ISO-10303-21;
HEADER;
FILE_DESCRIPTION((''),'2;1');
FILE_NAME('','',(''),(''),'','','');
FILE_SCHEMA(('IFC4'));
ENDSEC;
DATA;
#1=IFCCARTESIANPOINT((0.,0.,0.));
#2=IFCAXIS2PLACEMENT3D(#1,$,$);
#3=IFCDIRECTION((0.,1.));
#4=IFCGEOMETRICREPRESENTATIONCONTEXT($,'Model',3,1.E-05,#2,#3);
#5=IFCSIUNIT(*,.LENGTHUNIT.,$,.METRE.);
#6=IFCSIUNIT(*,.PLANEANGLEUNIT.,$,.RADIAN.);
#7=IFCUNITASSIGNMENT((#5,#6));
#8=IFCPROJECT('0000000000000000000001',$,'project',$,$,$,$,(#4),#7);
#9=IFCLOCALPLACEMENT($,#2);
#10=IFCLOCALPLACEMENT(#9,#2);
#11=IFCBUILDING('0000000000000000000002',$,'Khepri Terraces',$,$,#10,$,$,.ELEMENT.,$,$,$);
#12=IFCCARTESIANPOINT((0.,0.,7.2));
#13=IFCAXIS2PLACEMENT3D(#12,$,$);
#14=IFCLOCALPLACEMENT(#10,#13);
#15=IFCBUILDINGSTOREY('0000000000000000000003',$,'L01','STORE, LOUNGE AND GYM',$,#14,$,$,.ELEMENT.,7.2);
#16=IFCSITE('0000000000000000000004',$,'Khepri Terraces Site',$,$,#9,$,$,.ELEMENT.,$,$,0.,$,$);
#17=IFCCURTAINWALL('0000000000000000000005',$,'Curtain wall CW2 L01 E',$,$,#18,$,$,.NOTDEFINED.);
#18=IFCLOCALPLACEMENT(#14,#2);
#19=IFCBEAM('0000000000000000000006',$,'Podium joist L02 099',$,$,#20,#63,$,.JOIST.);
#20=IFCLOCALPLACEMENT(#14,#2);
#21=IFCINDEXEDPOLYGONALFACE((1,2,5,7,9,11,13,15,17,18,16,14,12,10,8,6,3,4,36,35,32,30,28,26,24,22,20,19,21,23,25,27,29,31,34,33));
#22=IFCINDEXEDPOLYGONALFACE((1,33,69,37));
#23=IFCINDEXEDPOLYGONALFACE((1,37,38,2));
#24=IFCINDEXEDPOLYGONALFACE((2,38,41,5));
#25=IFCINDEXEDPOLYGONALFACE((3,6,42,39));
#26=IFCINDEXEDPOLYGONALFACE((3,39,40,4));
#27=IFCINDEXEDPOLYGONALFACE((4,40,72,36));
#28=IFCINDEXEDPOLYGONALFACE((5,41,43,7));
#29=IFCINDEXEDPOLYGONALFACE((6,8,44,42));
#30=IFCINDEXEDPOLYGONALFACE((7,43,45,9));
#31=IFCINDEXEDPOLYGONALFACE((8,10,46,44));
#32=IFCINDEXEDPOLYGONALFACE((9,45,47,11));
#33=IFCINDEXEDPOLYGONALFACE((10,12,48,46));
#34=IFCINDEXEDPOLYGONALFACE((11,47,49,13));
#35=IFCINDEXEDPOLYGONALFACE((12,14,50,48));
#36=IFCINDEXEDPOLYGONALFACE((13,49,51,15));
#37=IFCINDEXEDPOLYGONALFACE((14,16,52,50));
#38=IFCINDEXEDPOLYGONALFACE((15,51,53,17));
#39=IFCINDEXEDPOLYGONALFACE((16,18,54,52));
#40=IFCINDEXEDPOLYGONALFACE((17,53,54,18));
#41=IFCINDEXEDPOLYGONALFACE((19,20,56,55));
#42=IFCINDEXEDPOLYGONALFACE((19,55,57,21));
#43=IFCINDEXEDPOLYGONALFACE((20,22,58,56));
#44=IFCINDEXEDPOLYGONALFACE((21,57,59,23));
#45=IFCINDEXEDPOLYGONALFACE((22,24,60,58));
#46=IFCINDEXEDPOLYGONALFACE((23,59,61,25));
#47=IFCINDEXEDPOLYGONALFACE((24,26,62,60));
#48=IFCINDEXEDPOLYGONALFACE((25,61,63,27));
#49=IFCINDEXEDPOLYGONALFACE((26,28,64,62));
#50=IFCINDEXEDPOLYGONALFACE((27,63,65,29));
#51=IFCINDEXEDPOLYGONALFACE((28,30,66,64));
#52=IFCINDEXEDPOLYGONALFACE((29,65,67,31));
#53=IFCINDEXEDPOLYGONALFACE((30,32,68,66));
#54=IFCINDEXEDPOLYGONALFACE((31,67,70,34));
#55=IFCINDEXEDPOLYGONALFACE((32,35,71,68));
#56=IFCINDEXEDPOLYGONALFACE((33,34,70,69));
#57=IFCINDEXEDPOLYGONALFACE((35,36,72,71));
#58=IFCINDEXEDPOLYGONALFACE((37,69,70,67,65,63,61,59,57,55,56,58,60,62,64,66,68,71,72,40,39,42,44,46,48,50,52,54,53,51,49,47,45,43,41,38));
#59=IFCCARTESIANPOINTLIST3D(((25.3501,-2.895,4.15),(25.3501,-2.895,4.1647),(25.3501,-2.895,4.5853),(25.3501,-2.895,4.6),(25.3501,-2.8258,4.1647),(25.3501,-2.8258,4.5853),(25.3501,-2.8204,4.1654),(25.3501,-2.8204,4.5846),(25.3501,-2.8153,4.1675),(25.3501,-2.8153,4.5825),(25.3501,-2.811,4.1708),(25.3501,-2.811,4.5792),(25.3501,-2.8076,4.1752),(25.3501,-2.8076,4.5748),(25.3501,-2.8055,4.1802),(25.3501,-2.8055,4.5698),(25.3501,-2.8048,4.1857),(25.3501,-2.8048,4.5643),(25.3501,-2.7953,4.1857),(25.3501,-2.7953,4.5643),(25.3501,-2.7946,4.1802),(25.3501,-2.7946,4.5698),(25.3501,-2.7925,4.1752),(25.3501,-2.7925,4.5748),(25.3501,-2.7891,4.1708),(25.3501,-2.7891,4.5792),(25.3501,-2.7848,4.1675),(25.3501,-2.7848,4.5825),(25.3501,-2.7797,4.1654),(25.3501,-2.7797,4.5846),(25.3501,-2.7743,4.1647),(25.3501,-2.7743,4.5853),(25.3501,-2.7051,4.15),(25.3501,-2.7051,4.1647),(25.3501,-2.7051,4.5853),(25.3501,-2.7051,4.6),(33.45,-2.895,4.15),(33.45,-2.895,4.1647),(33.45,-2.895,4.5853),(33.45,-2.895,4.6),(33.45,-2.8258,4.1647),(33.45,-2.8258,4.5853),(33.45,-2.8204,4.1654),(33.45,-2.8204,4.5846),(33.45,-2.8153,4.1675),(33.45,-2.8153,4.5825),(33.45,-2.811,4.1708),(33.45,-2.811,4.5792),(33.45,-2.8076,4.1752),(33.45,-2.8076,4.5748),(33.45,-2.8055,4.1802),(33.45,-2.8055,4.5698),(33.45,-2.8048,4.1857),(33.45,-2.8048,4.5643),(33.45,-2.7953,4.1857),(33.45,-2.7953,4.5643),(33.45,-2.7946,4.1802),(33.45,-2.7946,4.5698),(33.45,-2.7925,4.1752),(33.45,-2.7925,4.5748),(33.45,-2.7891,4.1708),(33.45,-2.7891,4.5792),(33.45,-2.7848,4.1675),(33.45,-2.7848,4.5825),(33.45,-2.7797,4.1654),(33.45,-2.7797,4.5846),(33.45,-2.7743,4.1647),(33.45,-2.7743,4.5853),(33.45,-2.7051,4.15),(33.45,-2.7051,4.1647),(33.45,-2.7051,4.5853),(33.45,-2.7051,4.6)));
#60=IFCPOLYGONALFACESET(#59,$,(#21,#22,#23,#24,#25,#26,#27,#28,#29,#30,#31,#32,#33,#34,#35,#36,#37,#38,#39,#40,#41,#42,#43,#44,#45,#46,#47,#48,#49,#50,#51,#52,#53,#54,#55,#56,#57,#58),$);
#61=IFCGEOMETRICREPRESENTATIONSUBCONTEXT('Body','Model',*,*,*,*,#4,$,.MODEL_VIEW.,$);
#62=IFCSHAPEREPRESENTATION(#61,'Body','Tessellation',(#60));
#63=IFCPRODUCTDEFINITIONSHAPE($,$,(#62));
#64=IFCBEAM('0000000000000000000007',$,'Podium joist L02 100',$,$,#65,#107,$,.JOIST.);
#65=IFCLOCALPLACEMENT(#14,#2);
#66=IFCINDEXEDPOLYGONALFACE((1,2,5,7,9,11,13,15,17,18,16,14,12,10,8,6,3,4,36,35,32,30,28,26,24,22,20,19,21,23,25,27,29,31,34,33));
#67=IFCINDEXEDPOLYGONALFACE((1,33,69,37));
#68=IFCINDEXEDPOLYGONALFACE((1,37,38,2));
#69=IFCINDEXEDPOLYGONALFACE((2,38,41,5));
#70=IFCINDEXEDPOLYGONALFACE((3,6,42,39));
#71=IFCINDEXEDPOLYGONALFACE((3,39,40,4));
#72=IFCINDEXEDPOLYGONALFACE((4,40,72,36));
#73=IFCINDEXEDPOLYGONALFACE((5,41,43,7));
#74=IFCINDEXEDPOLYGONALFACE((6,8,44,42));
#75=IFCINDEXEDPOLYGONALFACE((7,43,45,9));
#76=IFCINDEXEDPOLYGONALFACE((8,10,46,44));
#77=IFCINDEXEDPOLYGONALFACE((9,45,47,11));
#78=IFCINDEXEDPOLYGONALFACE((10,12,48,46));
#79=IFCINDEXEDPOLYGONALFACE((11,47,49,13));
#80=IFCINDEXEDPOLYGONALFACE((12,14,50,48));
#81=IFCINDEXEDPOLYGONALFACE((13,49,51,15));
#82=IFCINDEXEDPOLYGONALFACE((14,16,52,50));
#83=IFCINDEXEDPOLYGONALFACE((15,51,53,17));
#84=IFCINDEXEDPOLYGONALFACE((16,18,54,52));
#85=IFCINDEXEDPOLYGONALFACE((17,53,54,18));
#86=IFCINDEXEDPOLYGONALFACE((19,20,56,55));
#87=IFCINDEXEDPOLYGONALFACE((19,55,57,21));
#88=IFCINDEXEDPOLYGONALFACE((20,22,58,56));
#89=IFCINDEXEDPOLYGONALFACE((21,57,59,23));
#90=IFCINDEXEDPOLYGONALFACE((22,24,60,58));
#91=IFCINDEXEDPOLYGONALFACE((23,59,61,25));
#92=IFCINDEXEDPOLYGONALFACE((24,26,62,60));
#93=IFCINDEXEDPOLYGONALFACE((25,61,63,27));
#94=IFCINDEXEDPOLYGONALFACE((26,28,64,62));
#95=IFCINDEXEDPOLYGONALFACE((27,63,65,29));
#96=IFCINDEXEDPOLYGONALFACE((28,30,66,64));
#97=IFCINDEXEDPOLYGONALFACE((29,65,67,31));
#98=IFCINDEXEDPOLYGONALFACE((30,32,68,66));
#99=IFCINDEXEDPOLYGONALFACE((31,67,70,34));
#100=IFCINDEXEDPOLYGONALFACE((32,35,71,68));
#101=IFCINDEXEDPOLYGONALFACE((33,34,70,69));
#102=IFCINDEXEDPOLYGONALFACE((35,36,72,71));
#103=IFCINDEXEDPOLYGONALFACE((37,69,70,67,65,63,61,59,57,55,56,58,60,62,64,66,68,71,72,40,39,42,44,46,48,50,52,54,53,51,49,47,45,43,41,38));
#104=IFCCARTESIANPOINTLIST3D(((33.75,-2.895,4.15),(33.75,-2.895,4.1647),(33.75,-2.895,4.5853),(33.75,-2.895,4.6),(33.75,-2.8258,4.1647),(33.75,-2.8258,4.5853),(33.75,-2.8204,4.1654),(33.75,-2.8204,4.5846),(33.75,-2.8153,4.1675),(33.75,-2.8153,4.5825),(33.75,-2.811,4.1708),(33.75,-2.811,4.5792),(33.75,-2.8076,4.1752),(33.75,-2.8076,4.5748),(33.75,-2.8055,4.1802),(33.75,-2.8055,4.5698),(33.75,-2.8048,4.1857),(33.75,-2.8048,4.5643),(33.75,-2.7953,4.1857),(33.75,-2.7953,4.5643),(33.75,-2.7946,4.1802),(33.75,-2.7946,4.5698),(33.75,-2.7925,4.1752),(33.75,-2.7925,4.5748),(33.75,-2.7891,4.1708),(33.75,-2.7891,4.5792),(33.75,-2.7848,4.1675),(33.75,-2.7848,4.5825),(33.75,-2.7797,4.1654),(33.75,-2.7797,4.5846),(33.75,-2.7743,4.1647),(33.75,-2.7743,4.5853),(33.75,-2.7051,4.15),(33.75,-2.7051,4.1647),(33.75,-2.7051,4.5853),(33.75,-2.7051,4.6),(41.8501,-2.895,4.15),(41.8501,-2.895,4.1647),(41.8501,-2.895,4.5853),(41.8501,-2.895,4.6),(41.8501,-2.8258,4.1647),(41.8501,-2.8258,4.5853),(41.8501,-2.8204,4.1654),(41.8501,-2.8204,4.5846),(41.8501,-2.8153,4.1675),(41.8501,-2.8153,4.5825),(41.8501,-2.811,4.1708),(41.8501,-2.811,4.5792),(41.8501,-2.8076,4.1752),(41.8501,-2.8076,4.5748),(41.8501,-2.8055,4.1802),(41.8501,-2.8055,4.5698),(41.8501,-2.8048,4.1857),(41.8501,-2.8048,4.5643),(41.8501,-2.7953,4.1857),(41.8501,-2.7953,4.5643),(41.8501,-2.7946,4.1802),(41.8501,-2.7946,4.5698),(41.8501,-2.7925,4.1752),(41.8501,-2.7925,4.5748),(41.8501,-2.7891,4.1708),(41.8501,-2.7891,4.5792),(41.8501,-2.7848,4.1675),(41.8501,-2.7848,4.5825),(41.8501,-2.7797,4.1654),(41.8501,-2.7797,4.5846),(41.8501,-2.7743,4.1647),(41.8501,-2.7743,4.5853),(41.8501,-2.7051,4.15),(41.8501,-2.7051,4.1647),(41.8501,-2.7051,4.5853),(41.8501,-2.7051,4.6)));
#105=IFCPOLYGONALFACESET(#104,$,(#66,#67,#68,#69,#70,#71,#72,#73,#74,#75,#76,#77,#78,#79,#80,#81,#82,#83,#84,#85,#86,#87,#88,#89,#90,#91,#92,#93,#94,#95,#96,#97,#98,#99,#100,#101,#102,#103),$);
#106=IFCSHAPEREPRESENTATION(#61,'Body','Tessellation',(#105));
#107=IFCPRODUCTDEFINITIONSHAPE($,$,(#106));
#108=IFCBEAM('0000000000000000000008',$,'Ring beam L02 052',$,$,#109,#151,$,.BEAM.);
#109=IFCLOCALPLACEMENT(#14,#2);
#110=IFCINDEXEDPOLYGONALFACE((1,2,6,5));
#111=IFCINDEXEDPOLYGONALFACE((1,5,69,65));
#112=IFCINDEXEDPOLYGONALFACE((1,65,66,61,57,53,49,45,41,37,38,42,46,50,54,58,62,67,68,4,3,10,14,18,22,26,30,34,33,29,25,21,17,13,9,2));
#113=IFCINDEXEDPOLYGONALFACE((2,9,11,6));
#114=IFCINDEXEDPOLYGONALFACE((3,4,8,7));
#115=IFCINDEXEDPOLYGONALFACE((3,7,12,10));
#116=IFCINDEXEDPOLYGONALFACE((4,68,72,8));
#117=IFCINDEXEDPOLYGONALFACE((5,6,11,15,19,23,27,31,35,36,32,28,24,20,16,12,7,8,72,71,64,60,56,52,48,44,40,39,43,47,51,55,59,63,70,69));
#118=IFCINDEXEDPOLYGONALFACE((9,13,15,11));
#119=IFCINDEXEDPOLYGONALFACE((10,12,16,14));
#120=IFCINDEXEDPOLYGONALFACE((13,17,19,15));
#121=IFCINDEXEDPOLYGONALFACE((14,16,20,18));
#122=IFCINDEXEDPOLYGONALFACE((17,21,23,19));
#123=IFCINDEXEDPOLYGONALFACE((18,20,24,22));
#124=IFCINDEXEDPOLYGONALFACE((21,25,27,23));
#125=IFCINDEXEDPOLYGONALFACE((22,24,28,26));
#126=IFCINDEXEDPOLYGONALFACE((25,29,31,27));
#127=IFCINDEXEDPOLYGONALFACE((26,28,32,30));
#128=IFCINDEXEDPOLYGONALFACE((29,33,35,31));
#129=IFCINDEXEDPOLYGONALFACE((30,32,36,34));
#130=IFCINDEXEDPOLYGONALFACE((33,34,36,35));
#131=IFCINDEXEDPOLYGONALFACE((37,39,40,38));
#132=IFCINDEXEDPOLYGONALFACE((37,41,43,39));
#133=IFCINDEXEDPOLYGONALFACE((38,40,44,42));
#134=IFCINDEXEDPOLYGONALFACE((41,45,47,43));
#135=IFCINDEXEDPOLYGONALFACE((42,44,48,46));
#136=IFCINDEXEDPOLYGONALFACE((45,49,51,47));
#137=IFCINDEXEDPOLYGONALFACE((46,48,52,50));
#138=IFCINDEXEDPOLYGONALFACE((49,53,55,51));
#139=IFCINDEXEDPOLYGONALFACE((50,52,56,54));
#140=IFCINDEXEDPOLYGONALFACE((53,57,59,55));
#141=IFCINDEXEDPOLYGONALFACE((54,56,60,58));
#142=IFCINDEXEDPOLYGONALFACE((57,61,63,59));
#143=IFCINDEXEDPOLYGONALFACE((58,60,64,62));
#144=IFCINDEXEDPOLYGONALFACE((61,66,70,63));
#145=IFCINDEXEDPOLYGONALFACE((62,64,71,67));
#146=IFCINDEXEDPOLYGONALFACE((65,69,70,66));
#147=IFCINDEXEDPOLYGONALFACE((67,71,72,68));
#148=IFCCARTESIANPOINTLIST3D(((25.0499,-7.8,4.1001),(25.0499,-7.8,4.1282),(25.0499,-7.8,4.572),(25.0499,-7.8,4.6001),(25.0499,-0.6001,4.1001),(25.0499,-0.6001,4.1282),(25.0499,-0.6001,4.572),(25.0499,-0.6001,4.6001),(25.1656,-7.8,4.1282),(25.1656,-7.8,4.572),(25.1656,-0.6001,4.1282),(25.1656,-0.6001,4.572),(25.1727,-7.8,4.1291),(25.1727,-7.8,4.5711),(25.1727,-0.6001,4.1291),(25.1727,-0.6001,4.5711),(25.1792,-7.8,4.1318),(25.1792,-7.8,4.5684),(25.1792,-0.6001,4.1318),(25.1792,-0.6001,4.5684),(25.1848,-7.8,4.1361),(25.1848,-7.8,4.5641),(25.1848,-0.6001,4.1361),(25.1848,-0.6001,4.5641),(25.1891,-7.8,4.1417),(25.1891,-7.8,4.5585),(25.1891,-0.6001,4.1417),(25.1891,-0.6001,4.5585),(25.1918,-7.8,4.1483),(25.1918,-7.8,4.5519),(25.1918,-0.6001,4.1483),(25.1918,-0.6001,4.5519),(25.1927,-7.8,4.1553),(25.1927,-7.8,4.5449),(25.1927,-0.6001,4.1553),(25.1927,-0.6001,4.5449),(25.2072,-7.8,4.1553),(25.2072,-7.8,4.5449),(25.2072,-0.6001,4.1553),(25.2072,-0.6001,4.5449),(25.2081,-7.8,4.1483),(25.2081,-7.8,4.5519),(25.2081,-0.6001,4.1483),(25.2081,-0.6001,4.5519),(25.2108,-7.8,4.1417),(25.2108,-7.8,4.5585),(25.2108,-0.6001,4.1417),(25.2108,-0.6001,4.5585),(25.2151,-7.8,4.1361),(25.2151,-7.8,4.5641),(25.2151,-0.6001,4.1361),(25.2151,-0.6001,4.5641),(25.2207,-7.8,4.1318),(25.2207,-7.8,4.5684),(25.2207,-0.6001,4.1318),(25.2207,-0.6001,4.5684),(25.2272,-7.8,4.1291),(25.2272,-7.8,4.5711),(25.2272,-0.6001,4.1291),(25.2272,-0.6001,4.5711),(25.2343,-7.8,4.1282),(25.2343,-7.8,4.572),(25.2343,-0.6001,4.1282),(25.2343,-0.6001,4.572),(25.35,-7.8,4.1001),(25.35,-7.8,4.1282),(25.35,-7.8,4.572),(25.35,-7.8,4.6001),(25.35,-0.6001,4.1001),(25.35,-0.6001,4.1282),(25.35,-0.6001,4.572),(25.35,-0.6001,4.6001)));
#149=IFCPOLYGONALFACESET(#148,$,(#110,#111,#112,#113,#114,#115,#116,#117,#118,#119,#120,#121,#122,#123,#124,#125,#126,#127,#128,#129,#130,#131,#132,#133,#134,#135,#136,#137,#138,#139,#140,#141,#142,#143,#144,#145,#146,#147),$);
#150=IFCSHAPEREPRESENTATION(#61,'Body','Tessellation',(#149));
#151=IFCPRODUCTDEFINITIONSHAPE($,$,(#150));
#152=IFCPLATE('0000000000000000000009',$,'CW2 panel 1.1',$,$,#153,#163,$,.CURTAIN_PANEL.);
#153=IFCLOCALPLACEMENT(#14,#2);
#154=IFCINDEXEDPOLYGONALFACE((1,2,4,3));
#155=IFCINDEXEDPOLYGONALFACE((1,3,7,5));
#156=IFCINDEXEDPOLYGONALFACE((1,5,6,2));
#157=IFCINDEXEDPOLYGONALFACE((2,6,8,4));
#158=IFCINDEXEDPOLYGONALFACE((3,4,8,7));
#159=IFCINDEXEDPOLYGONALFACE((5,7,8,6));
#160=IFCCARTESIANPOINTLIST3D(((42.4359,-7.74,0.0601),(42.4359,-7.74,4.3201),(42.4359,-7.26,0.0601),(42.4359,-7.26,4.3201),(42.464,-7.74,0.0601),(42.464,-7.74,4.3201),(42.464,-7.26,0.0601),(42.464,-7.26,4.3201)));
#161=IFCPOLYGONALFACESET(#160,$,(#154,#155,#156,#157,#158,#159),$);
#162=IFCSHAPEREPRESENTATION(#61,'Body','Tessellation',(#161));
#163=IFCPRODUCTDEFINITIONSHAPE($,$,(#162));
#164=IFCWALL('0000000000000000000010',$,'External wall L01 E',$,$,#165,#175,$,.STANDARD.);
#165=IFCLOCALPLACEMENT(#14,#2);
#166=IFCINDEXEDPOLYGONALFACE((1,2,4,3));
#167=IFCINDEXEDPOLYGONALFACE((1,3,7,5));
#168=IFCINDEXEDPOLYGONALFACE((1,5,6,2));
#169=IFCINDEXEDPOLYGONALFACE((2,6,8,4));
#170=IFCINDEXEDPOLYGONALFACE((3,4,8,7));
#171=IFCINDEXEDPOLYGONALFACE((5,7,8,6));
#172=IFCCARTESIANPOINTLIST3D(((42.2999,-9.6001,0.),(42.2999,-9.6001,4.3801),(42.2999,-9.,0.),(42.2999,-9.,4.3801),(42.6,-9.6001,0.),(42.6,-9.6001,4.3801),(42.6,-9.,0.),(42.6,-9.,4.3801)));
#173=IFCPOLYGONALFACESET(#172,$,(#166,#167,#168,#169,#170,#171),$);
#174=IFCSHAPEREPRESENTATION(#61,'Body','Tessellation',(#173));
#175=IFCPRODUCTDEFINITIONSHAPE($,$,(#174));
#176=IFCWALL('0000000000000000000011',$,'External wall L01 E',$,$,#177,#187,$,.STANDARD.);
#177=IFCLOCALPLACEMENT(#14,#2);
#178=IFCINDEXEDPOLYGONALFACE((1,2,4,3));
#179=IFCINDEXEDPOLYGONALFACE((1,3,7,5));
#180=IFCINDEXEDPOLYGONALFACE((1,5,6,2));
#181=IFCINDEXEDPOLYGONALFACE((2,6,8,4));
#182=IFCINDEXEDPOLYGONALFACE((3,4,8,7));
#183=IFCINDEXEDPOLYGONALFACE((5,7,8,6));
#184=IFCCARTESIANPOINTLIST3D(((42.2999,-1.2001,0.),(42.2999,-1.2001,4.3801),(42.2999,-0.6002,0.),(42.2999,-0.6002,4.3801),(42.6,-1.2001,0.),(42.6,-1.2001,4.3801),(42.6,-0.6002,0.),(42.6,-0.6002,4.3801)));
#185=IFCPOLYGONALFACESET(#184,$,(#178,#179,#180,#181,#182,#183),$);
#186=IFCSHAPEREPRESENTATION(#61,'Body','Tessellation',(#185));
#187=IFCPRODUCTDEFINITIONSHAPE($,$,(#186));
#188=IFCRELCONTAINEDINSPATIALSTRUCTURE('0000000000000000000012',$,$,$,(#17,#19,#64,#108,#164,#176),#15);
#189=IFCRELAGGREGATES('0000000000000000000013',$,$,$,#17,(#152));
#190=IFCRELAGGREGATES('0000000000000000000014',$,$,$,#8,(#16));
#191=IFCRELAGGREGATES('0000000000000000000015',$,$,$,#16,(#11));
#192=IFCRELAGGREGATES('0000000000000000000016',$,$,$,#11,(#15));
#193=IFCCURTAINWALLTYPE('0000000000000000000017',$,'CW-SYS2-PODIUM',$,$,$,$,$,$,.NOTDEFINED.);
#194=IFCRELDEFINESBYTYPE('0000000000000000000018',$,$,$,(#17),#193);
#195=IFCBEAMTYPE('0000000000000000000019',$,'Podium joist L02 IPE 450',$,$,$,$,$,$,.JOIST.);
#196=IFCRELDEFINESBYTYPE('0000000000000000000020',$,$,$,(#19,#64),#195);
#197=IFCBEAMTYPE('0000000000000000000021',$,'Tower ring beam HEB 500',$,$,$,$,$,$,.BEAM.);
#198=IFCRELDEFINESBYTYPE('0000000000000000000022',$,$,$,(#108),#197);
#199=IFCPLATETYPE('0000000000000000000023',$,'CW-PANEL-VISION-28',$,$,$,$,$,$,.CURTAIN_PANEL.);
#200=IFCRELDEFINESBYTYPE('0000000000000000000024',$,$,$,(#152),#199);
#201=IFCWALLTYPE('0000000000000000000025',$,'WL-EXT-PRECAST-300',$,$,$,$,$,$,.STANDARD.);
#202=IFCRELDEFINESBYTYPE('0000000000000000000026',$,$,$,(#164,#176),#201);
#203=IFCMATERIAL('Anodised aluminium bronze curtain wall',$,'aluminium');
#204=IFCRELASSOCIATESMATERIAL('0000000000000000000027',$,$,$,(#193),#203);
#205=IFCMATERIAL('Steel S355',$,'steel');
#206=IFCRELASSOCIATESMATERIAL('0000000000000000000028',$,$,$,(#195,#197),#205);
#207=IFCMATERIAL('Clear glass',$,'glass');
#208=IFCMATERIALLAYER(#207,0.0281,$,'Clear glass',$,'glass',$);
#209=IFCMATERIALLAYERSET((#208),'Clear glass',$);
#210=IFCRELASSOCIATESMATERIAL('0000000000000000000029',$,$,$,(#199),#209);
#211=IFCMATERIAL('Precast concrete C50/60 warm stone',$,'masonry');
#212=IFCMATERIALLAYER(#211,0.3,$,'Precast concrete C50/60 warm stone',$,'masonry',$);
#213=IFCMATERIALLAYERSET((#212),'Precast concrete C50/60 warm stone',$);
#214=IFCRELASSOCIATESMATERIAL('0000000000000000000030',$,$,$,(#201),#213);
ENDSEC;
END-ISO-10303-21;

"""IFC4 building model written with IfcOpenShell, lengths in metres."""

from ifc_helpers import new_model, si_unit, direction, frame, frame_2d, origin, origin_2d, place, context, subcontext, project, spatial, rectangle, i_section, extrude, material, layer, layer_set, material_profile, profile_set, type_object, element, aggregate, save


model = new_model("IFC4")

# Units and contexts
model_context = context("Model", 3, precision=1e-05, world=origin(), true_north=direction((0.0, 1.0)))
body_context = subcontext(model_context, "Body", "Model", "MODEL_VIEW")
ifc_project = project(units=[si_unit("LENGTHUNIT", "METRE"), si_unit("PLANEANGLEUNIT", "RADIAN")], contexts=[model_context])

# Site, building, storey
site_placement = place(None, origin())
site = spatial("IfcSite", under=ifc_project, at=site_placement, Name="Khepri Terraces Site", CompositionType="ELEMENT", RefElevation=0.0)
building_placement = place(site_placement, origin())
building = spatial("IfcBuilding", under=site, at=building_placement, Name="Khepri Terraces", CompositionType="ELEMENT")
storey_placement = place(building_placement, frame((0.0, 0.0, 7.2)))
storey = spatial("IfcBuildingStorey", under=building, at=storey_placement, Name="L01", Description="STORE, LOUNGE AND GYM", CompositionType="ELEMENT", Elevation=7.2)

# Curtain wall
ifc_material_1 = material(Name="Anodised aluminium bronze curtain wall", Category="aluminium")
curtain_wall_type = type_object("IfcCurtainWallType", Name="CW-SYS2-PODIUM", PredefinedType="NOTDEFINED", material=ifc_material_1)
curtain_wall_placement = place(storey_placement, origin())
curtain_wall = element("IfcCurtainWall", 1, at=curtain_wall_placement, inside=storey, type_object=curtain_wall_type, Name="Curtain wall CW2 L01 E", PredefinedType="NOTDEFINED")

# Beams
ifc_material_2 = material(Name="Steel S355", Category="steel")
ifc_material_profile_1 = material_profile(ifc_material_2, i_section(OverallWidth=0.1899, OverallDepth=0.45, WebThickness=0.0095, FlangeThickness=0.0146, FilletRadius=0.021, at=origin_2d()), Name="Steel S355", Category="steel")
ifc_profile_set_1 = profile_set([ifc_material_profile_1], Name="Steel S355")
beam_type_1 = type_object("IfcBeamType", Name="Podium joist L02 IPE 450", PredefinedType="JOIST", material=ifc_profile_set_1)
beam_1_placement = place(storey_placement, frame((25.3501, -2.8, 4.375), z_axis=(1.0, 0.0, 0.0), x_axis=(0.0, 1.0, 0.0)))
element("IfcBeam", 2, at=beam_1_placement, inside=storey, type_object=beam_type_1, Name="Podium joist L02 099", PredefinedType="JOIST", context=body_context, shape_type="SweptSolid", body=[
    extrude(i_section(OverallWidth=0.1899, OverallDepth=0.45, WebThickness=0.0095, FlangeThickness=0.0146, FilletRadius=0.021, at=origin_2d()), origin(), (0.0, 0.0, 1.0), 8.0999),
])
beam_2_placement = place(storey_placement, frame((33.75, -2.8, 4.375), z_axis=(1.0, 0.0, 0.0), x_axis=(0.0, 1.0, 0.0)))
element("IfcBeam", 3, at=beam_2_placement, inside=storey, type_object=beam_type_1, Name="Podium joist L02 100", PredefinedType="JOIST", context=body_context, shape_type="SweptSolid", body=[
    extrude(i_section(OverallWidth=0.1899, OverallDepth=0.45, WebThickness=0.0095, FlangeThickness=0.0146, FilletRadius=0.021, at=origin_2d()), origin(), (0.0, 0.0, 1.0), 8.1001),
])
ifc_material_profile_2 = material_profile(ifc_material_2, i_section(OverallWidth=0.3, OverallDepth=0.5, WebThickness=0.0144, FlangeThickness=0.0281, FilletRadius=0.0271, at=origin_2d()), Name="Steel S355", Category="steel")
ifc_profile_set_2 = profile_set([ifc_material_profile_2], Name="Steel S355")
beam_type_2 = type_object("IfcBeamType", Name="Tower ring beam HEB 500", PredefinedType="BEAM", material=ifc_profile_set_2)
beam_3_placement = place(storey_placement, frame((25.2, -7.8, 4.3501), z_axis=(0.0, 1.0, 0.0), x_axis=(-1.0, 0.0, 0.0)))
element("IfcBeam", 4, at=beam_3_placement, inside=storey, type_object=beam_type_2, Name="Ring beam L02 052", PredefinedType="BEAM", context=body_context, shape_type="SweptSolid", body=[
    extrude(i_section(OverallWidth=0.3, OverallDepth=0.5, WebThickness=0.0144, FlangeThickness=0.0281, FilletRadius=0.0271, at=origin_2d()), origin(), (0.0, 0.0, 1.0), 7.2),
])

# Plate
ifc_material_3 = material(Name="Clear glass", Category="glass")
ifc_layer_1 = layer(ifc_material_3, 0.0281, Name="Clear glass", Category="glass")
ifc_layer_set_1 = layer_set([ifc_layer_1], Name="Clear glass")
plate_type = type_object("IfcPlateType", Name="CW-PANEL-VISION-28", PredefinedType="CURTAIN_PANEL", material=ifc_layer_set_1)
plate_placement = place(storey_placement, frame((42.45, -7.5, 0.0601), z_axis=(0.0, 0.0, 1.0), x_axis=(0.0, 1.0, 0.0)))
plate = element("IfcPlate", 5, at=plate_placement, type_object=plate_type, Name="CW2 panel 1.1", PredefinedType="CURTAIN_PANEL", context=body_context, shape_type="SweptSolid", body=[
    extrude(rectangle(XDim=0.48, YDim=0.0281, at=origin_2d()), origin(), (0.0, 0.0, 1.0), 4.26),
])
aggregate(curtain_wall, [plate])

# Shared definitions
ifc_material_4 = material(Name="Precast concrete C50/60 warm stone", Category="masonry")
ifc_layer_2 = layer(ifc_material_4, 0.3, Name="Precast concrete C50/60 warm stone", Category="masonry")
ifc_layer_set_2 = layer_set([ifc_layer_2], Name="Precast concrete C50/60 warm stone")
wall_type_1 = type_object("IfcWallType", Name="WL-EXT-PRECAST-300", PredefinedType="STANDARD", material=ifc_layer_set_2)

# Wall
wall_1_placement = place(storey_placement, frame((42.45, -9.6001, 0.0), z_axis=(0.0, 0.0, 1.0), x_axis=(0.0, 1.0, 0.0)))
element("IfcWall", 6, at=wall_1_placement, inside=storey, type_object=wall_type_1, Name="External wall L01 E", PredefinedType="STANDARD", context=body_context, shape_type="SweptSolid", body=[
    extrude(rectangle(XDim=0.6001, YDim=0.3, at=frame_2d((0.3, 0.0))), origin(), (0.0, 0.0, 1.0), 4.3801),
])

# Wall
wall_2_placement = place(storey_placement, frame((42.45, -1.2, 0.0), z_axis=(0.0, 0.0, 1.0), x_axis=(0.0, 1.0, 0.0)))
element("IfcWall", 7, at=wall_2_placement, inside=storey, type_object=wall_type_1, Name="External wall L01 E", PredefinedType="STANDARD", context=body_context, shape_type="SweptSolid", body=[
    extrude(rectangle(XDim=0.5999, YDim=0.3, at=frame_2d((0.2998, 0.0))), origin(), (0.0, 0.0, 1.0), 4.3801),
])

save(model, "model.ifc")
